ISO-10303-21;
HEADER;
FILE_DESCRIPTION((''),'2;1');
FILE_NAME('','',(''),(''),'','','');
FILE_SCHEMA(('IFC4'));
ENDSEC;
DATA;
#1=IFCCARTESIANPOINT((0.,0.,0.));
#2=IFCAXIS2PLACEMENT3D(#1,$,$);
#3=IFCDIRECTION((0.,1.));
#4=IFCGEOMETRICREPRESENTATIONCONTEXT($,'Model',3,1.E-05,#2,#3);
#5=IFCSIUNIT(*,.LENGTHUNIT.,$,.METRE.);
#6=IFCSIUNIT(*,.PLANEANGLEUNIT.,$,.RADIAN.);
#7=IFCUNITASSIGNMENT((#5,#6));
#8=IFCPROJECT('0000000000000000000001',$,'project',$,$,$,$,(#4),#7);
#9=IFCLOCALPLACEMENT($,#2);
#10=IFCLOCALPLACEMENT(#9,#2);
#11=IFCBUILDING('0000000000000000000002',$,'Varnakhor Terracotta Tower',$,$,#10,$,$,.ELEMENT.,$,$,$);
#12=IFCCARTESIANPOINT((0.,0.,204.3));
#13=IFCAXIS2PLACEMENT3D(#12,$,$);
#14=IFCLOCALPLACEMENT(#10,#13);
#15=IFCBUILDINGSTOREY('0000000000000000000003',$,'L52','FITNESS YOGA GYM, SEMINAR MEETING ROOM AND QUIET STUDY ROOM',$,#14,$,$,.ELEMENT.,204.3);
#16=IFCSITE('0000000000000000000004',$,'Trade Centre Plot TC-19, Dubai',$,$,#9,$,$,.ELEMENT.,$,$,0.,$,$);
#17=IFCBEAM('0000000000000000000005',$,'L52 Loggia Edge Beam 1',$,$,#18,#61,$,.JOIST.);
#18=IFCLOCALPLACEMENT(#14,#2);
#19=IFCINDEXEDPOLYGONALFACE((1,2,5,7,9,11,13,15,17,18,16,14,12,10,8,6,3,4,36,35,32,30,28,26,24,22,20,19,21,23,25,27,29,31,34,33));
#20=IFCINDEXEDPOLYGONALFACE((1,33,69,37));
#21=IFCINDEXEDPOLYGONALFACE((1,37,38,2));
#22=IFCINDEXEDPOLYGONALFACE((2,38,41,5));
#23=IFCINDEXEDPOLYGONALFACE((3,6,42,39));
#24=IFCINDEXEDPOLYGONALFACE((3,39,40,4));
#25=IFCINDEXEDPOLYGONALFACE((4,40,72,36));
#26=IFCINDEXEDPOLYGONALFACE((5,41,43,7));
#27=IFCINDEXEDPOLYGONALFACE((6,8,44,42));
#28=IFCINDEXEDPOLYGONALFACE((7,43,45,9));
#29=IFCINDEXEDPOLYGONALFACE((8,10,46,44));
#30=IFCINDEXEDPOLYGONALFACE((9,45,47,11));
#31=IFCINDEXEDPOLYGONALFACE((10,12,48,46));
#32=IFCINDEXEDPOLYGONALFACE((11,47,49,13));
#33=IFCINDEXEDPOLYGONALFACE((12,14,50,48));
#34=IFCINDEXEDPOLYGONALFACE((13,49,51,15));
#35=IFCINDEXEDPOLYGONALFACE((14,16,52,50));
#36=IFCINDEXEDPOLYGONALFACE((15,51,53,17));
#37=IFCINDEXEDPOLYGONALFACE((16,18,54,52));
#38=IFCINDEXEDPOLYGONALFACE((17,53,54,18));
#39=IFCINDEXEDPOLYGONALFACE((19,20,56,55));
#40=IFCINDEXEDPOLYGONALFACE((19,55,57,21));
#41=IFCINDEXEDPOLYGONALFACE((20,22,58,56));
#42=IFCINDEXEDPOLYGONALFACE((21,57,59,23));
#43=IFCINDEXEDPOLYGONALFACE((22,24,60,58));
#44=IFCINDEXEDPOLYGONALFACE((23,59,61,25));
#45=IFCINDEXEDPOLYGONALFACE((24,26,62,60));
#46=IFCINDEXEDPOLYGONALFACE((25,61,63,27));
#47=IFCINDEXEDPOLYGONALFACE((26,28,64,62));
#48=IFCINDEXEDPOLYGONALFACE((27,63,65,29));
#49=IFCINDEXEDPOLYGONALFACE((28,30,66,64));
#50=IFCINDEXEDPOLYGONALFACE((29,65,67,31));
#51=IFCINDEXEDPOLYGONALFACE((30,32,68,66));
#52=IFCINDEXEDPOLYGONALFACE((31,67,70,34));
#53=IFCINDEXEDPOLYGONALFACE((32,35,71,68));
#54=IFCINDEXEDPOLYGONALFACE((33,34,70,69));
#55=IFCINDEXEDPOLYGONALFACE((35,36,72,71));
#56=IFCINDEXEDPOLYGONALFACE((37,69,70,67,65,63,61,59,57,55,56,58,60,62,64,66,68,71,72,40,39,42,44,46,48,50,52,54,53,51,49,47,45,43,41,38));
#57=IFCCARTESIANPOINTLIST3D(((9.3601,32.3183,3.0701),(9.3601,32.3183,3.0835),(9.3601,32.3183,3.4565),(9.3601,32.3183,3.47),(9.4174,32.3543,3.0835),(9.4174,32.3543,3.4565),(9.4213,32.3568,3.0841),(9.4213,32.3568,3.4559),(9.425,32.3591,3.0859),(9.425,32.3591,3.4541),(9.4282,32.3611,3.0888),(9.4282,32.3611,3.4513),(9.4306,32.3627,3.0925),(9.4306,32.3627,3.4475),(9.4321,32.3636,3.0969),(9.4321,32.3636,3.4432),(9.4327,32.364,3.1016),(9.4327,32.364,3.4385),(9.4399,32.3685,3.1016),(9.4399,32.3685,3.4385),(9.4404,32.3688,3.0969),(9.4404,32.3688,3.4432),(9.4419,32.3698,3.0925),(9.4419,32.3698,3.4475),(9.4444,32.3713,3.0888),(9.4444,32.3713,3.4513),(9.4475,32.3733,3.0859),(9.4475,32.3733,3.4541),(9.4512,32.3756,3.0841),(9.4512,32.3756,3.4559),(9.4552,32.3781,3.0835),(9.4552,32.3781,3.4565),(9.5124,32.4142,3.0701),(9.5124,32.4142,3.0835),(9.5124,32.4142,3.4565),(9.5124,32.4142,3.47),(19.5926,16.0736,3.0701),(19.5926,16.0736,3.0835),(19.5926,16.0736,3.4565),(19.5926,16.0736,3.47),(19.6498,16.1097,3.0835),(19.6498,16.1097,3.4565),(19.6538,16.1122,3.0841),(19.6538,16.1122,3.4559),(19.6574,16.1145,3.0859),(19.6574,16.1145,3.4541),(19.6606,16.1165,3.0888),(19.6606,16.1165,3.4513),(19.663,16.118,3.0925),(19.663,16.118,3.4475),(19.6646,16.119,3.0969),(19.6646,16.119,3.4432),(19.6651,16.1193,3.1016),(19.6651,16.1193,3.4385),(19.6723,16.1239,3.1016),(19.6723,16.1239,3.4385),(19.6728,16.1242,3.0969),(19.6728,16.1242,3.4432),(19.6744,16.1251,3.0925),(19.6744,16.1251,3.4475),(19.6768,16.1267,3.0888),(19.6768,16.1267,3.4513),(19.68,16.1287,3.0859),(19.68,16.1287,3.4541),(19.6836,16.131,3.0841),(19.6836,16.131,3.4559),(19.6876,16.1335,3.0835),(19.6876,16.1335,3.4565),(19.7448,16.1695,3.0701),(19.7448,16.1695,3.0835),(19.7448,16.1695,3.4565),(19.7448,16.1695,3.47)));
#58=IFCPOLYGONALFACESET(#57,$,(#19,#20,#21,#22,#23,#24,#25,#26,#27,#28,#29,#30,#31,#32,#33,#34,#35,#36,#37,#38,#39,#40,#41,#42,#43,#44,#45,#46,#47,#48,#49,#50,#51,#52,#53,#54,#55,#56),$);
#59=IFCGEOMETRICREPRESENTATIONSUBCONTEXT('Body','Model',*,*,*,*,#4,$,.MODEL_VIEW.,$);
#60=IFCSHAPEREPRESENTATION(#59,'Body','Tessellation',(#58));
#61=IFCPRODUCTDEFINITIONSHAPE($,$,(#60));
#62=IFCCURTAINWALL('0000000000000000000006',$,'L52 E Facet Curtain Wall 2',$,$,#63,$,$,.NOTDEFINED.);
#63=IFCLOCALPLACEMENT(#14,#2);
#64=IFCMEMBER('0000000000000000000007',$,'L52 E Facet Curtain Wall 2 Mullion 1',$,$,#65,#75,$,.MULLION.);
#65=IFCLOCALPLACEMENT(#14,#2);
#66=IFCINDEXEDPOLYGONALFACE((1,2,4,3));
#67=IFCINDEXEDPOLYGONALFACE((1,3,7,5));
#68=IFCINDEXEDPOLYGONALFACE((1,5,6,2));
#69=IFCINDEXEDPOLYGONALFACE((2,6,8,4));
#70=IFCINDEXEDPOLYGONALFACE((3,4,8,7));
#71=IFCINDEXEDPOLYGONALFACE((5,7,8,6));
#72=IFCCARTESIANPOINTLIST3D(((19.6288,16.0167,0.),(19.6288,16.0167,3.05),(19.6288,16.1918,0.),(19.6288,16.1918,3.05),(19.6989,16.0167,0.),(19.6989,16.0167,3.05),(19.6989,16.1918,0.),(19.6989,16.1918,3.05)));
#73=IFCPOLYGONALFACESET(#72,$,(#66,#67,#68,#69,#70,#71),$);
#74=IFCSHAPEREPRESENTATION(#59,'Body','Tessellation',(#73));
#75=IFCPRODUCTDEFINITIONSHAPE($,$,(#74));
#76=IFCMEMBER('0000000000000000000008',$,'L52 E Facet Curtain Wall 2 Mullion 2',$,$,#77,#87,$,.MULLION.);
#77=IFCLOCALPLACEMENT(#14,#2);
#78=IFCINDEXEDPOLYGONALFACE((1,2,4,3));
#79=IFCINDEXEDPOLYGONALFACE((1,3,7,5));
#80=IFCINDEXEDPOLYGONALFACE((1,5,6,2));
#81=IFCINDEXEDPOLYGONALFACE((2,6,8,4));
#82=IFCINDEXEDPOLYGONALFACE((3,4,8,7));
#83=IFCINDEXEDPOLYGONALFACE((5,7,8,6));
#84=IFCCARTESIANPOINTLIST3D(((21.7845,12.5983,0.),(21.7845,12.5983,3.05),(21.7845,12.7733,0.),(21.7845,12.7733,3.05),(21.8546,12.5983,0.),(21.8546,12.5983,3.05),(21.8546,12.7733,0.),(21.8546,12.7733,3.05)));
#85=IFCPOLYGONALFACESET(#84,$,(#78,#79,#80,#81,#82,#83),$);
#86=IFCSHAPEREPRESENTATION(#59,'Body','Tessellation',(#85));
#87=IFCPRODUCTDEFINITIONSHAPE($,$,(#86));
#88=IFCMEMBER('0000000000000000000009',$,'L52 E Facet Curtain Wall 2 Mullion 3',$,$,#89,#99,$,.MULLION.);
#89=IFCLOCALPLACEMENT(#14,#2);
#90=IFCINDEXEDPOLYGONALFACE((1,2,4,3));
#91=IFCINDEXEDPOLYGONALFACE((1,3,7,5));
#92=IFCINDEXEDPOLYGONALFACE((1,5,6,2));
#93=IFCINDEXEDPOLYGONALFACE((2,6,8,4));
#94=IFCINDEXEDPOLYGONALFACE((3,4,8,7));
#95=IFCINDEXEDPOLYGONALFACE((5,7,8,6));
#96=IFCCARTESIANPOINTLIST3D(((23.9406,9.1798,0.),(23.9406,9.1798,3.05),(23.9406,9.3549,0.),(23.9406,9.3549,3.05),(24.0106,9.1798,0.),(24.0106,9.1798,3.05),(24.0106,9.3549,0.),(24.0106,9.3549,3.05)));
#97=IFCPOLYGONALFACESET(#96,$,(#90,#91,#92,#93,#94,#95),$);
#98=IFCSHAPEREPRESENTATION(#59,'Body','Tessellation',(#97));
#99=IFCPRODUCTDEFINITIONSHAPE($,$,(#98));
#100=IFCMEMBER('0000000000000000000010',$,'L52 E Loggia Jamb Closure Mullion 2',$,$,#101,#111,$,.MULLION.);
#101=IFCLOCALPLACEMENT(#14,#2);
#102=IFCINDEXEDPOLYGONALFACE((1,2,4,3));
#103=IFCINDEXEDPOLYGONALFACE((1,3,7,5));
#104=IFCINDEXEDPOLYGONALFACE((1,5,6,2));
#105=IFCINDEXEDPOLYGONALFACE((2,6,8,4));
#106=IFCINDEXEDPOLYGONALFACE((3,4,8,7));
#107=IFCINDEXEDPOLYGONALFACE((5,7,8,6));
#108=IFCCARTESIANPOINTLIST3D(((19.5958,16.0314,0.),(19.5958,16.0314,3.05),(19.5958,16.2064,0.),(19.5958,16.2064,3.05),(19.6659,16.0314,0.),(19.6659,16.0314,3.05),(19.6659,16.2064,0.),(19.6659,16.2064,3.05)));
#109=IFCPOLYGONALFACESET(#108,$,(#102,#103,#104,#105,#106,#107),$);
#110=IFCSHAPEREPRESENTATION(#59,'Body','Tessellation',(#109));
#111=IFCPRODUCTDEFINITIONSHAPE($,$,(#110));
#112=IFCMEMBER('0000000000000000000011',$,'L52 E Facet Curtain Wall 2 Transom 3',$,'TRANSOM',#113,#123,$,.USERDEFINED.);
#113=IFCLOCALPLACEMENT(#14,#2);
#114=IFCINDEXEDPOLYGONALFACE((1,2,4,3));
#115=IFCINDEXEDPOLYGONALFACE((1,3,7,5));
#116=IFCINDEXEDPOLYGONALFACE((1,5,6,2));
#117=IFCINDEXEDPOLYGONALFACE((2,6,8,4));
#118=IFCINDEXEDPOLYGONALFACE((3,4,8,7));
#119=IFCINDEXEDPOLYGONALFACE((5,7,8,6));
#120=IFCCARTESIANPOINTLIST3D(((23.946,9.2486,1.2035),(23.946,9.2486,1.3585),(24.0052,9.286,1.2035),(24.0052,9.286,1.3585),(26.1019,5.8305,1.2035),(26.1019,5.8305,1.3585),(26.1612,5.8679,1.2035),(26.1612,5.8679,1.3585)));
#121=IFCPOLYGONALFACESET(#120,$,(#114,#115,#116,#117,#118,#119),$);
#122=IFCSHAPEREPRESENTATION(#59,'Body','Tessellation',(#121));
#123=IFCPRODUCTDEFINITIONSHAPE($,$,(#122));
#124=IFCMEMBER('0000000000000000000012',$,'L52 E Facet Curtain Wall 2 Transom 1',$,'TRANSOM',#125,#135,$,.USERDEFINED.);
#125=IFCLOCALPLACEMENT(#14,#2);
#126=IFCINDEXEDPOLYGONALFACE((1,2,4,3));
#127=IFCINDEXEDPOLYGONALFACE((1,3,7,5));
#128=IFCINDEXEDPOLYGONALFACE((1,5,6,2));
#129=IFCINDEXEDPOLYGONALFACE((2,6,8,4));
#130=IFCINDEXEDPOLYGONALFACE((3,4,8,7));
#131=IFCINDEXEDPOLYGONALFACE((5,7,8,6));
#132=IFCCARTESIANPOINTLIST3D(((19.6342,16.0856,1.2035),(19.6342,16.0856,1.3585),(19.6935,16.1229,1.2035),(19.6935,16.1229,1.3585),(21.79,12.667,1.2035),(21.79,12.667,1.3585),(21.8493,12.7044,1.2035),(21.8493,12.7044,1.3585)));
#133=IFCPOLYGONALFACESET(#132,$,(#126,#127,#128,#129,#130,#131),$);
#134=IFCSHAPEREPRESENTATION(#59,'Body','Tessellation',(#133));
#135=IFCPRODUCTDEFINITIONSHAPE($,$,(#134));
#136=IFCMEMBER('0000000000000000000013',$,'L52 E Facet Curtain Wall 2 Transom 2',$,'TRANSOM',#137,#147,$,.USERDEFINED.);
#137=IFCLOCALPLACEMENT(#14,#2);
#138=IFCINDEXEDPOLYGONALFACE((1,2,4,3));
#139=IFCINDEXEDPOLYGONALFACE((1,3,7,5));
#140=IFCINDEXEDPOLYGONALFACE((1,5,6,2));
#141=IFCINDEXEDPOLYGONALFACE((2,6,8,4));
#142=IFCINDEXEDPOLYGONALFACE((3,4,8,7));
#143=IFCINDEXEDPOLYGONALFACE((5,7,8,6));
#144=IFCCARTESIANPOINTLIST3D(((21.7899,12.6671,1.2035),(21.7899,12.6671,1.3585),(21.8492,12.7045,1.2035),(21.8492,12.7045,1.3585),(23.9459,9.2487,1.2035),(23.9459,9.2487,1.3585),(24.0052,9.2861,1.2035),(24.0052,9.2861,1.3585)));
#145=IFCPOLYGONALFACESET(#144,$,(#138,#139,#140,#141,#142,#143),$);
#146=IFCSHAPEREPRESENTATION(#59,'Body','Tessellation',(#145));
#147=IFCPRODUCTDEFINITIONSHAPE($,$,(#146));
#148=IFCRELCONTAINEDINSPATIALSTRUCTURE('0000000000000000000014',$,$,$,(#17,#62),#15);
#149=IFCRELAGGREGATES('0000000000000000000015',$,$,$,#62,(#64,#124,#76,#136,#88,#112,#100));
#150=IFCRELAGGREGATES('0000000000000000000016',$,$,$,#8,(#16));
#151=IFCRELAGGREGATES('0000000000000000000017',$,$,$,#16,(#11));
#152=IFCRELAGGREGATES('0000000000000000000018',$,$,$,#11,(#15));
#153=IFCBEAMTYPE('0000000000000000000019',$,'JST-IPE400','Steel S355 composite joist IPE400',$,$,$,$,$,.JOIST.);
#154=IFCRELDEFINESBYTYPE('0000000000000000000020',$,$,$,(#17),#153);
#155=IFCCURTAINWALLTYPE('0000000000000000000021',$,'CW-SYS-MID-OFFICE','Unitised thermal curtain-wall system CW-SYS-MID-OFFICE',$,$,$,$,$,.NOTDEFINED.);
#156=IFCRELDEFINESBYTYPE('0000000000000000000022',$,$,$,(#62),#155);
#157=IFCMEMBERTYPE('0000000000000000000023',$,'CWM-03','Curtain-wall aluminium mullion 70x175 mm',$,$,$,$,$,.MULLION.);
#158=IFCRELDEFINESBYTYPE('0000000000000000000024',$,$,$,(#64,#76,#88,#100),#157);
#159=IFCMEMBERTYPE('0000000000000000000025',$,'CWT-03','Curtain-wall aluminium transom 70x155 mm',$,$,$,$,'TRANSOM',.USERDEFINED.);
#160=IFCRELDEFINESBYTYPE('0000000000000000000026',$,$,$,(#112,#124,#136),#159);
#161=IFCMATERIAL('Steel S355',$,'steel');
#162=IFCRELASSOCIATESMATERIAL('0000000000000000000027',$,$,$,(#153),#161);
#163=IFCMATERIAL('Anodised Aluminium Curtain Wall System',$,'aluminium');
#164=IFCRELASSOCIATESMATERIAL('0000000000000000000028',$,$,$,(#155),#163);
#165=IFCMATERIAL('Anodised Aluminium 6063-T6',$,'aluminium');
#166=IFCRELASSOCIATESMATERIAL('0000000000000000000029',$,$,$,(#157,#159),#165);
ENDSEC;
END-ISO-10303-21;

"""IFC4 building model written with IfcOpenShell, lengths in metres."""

from ifc_helpers import new_model, si_unit, direction, frame, origin, origin_2d, place, context, subcontext, project, spatial, rectangle, i_section, extrude, source, transform, mapped, material, material_profile, profile_set, type_object, element, aggregate, save


model = new_model("IFC4")

# Units and contexts
model_context = context("Model", 3, precision=1e-05, world=origin(), true_north=direction((0.0, 1.0)))
body_context = subcontext(model_context, "Body", "Model", "MODEL_VIEW")
ifc_project = project(units=[si_unit("LENGTHUNIT", "METRE"), si_unit("PLANEANGLEUNIT", "RADIAN")], contexts=[model_context])

# Site, building, storey
site_placement = place(None, origin())
site = spatial("IfcSite", under=ifc_project, at=site_placement, Name="Trade Centre Plot TC-19, Dubai", CompositionType="ELEMENT", RefElevation=0.0)
building_placement = place(site_placement, origin())
building = spatial("IfcBuilding", under=site, at=building_placement, Name="Varnakhor Terracotta Tower", CompositionType="ELEMENT")
storey_placement = place(building_placement, frame((0.0, 0.0, 204.3)))
storey = spatial("IfcBuildingStorey", under=building, at=storey_placement, Name="L52", Description="FITNESS YOGA GYM, SEMINAR MEETING ROOM AND QUIET STUDY ROOM", CompositionType="ELEMENT", Elevation=204.3)

# Beam
ifc_material_1 = material(Name="Steel S355", Category="steel")
ifc_material_profile_1 = material_profile(ifc_material_1, i_section(OverallWidth=0.1799, OverallDepth=0.3999, WebThickness=0.0085, FlangeThickness=0.0134, FilletRadius=0.0181, at=origin_2d()), Name="IPE400")
ifc_profile_set_1 = profile_set([ifc_material_profile_1], Name="Steel S355")
beam_type = type_object("IfcBeamType", Name="JST-IPE400", Description="Steel S355 composite joist IPE400", PredefinedType="JOIST", material=ifc_profile_set_1)
shared_shape_1 = source(origin(), body_context, "Body", "SweptSolid", [
    extrude(i_section(OverallWidth=0.1799, OverallDepth=0.3999, WebThickness=0.0085, FlangeThickness=0.0134, FilletRadius=0.0181, at=origin_2d()), origin(), (0.0, 0.0, 1.0), 19.1987),
])
beam_1_placement = place(storey_placement, frame((19.6687, 16.1216, 3.27), z_axis=(-0.532974, 0.846131, 0.0), x_axis=(-0.846131, -0.532974, 0.0)))
element("IfcBeam", 1, at=beam_1_placement, inside=storey, type_object=beam_type, Name="L52 Loggia Edge Beam 1", PredefinedType="JOIST", context=body_context, shape_type="MappedRepresentation", body=[
    mapped(shared_shape_1, transform((0.0, 0.0, 0.0), scale=1.0)),
])

# Curtain wall, members
ifc_material_2 = material(Name="Anodised Aluminium Curtain Wall System", Category="aluminium")
curtain_wall_type = type_object("IfcCurtainWallType", Name="CW-SYS-MID-OFFICE", Description="Unitised thermal curtain-wall system CW-SYS-MID-OFFICE", PredefinedType="NOTDEFINED", material=ifc_material_2)
curtain_wall_placement = place(storey_placement, origin())
curtain_wall = element("IfcCurtainWall", 2, at=curtain_wall_placement, inside=storey, type_object=curtain_wall_type, Name="L52 E Facet Curtain Wall 2", PredefinedType="NOTDEFINED")
ifc_material_3 = material(Name="Anodised Aluminium 6063-T6", Category="aluminium")
ifc_material_profile_2 = material_profile(ifc_material_3, rectangle(XDim=0.0701, YDim=0.175, at=origin_2d()), Name="ALU MULLION 70x175")
ifc_profile_set_2 = profile_set([ifc_material_profile_2], Name="Anodised Aluminium 6063-T6")
member_type_1 = type_object("IfcMemberType", Name="CWM-03", Description="Curtain-wall aluminium mullion 70x175 mm", PredefinedType="MULLION", material=ifc_profile_set_2)
shared_shape_2 = source(origin(), body_context, "Body", "SweptSolid", [
    extrude(rectangle(XDim=0.0701, YDim=0.175, at=origin_2d()), origin(), (0.0, 0.0, 1.0), 3.05),
])
member_1_placement = place(storey_placement, frame((19.6638, 16.1042, 0.0), z_axis=(0.0, 0.0, 1.0), x_axis=(1.0, 0.0, 0.0)))
member_1 = element("IfcMember", 3, at=member_1_placement, type_object=member_type_1, Name="L52 E Facet Curtain Wall 2 Mullion 1", PredefinedType="MULLION", context=body_context, shape_type="MappedRepresentation", body=[
    mapped(shared_shape_2, transform((0.0, 0.0, 0.0), scale=1.0)),
])
member_2_placement = place(storey_placement, frame((21.8196, 12.6858, 0.0), z_axis=(0.0, 0.0, 1.0), x_axis=(1.0, 0.0, 0.0)))
member_2 = element("IfcMember", 4, at=member_2_placement, type_object=member_type_1, Name="L52 E Facet Curtain Wall 2 Mullion 2", PredefinedType="MULLION", context=body_context, shape_type="MappedRepresentation", body=[
    mapped(shared_shape_2, transform((0.0, 0.0, 0.0), scale=1.0)),
])
member_3_placement = place(storey_placement, frame((23.9756, 9.2673, 0.0), z_axis=(0.0, 0.0, 1.0), x_axis=(1.0, 0.0, 0.0)))
member_3 = element("IfcMember", 5, at=member_3_placement, type_object=member_type_1, Name="L52 E Facet Curtain Wall 2 Mullion 3", PredefinedType="MULLION", context=body_context, shape_type="MappedRepresentation", body=[
    mapped(shared_shape_2, transform((0.0, 0.0, 0.0), scale=1.0)),
])
member_4_placement = place(storey_placement, frame((19.6309, 16.1189, 0.0), z_axis=(0.0, 0.0, 1.0), x_axis=(1.0, 0.0, 0.0)))
member_4 = element("IfcMember", 6, at=member_4_placement, type_object=member_type_1, Name="L52 E Loggia Jamb Closure Mullion 2", PredefinedType="MULLION", context=body_context, shape_type="MappedRepresentation", body=[
    mapped(shared_shape_2, transform((0.0, 0.0, 0.0), scale=1.0)),
])
ifc_material_profile_3 = material_profile(ifc_material_3, rectangle(XDim=0.0701, YDim=0.155, at=origin_2d()), Name="ALU TRANSOM 70x155")
ifc_profile_set_3 = profile_set([ifc_material_profile_3], Name="Anodised Aluminium 6063-T6")
member_type_2 = type_object("IfcMemberType", Name="CWT-03", Description="Curtain-wall aluminium transom 70x155 mm", ElementType="TRANSOM", PredefinedType="USERDEFINED", material=ifc_profile_set_3)
shared_shape_3 = source(origin(), body_context, "Body", "SweptSolid", [
    extrude(rectangle(XDim=0.0701, YDim=0.155, at=origin_2d()), origin(), (0.0, 0.0, 1.0), 4.0413),
])
member_5_placement = place(storey_placement, frame((23.9756, 9.2673, 1.281), z_axis=(0.533486, -0.845809, 0.0), x_axis=(0.845809, 0.533486, 0.0)))
member_5 = element("IfcMember", 7, at=member_5_placement, type_object=member_type_2, Name="L52 E Facet Curtain Wall 2 Transom 3", ObjectType="TRANSOM", PredefinedType="USERDEFINED", context=body_context, shape_type="MappedRepresentation", body=[
    mapped(shared_shape_3, transform((0.0, 0.0, 0.0), scale=1.0)),
])
shared_shape_4 = source(origin(), body_context, "Body", "SweptSolid", [
    extrude(rectangle(XDim=0.0701, YDim=0.155, at=origin_2d()), origin(), (0.0, 0.0, 1.0), 4.0415),
])
member_6_placement = place(storey_placement, frame((19.6638, 16.1042, 1.281), z_axis=(0.533416, -0.845853, 0.0), x_axis=(0.845853, 0.533416, 0.0)))
member_6 = element("IfcMember", 8, at=member_6_placement, type_object=member_type_2, Name="L52 E Facet Curtain Wall 2 Transom 1", ObjectType="TRANSOM", PredefinedType="USERDEFINED", context=body_context, shape_type="MappedRepresentation", body=[
    mapped(shared_shape_4, transform((0.0, 0.0, 0.0), scale=1.0)),
])
member_7_placement = place(storey_placement, frame((21.8196, 12.6858, 1.281), z_axis=(0.533459, -0.845826, 0.0), x_axis=(0.845826, 0.533459, 0.0)))
member_7 = element("IfcMember", 9, at=member_7_placement, type_object=member_type_2, Name="L52 E Facet Curtain Wall 2 Transom 2", ObjectType="TRANSOM", PredefinedType="USERDEFINED", context=body_context, shape_type="MappedRepresentation", body=[
    mapped(shared_shape_4, transform((0.0, 0.0, 0.0), scale=1.0)),
])

aggregate(curtain_wall, [member_1, member_6, member_2, member_7, member_3, member_5, member_4])

save(model, "model.ifc")
